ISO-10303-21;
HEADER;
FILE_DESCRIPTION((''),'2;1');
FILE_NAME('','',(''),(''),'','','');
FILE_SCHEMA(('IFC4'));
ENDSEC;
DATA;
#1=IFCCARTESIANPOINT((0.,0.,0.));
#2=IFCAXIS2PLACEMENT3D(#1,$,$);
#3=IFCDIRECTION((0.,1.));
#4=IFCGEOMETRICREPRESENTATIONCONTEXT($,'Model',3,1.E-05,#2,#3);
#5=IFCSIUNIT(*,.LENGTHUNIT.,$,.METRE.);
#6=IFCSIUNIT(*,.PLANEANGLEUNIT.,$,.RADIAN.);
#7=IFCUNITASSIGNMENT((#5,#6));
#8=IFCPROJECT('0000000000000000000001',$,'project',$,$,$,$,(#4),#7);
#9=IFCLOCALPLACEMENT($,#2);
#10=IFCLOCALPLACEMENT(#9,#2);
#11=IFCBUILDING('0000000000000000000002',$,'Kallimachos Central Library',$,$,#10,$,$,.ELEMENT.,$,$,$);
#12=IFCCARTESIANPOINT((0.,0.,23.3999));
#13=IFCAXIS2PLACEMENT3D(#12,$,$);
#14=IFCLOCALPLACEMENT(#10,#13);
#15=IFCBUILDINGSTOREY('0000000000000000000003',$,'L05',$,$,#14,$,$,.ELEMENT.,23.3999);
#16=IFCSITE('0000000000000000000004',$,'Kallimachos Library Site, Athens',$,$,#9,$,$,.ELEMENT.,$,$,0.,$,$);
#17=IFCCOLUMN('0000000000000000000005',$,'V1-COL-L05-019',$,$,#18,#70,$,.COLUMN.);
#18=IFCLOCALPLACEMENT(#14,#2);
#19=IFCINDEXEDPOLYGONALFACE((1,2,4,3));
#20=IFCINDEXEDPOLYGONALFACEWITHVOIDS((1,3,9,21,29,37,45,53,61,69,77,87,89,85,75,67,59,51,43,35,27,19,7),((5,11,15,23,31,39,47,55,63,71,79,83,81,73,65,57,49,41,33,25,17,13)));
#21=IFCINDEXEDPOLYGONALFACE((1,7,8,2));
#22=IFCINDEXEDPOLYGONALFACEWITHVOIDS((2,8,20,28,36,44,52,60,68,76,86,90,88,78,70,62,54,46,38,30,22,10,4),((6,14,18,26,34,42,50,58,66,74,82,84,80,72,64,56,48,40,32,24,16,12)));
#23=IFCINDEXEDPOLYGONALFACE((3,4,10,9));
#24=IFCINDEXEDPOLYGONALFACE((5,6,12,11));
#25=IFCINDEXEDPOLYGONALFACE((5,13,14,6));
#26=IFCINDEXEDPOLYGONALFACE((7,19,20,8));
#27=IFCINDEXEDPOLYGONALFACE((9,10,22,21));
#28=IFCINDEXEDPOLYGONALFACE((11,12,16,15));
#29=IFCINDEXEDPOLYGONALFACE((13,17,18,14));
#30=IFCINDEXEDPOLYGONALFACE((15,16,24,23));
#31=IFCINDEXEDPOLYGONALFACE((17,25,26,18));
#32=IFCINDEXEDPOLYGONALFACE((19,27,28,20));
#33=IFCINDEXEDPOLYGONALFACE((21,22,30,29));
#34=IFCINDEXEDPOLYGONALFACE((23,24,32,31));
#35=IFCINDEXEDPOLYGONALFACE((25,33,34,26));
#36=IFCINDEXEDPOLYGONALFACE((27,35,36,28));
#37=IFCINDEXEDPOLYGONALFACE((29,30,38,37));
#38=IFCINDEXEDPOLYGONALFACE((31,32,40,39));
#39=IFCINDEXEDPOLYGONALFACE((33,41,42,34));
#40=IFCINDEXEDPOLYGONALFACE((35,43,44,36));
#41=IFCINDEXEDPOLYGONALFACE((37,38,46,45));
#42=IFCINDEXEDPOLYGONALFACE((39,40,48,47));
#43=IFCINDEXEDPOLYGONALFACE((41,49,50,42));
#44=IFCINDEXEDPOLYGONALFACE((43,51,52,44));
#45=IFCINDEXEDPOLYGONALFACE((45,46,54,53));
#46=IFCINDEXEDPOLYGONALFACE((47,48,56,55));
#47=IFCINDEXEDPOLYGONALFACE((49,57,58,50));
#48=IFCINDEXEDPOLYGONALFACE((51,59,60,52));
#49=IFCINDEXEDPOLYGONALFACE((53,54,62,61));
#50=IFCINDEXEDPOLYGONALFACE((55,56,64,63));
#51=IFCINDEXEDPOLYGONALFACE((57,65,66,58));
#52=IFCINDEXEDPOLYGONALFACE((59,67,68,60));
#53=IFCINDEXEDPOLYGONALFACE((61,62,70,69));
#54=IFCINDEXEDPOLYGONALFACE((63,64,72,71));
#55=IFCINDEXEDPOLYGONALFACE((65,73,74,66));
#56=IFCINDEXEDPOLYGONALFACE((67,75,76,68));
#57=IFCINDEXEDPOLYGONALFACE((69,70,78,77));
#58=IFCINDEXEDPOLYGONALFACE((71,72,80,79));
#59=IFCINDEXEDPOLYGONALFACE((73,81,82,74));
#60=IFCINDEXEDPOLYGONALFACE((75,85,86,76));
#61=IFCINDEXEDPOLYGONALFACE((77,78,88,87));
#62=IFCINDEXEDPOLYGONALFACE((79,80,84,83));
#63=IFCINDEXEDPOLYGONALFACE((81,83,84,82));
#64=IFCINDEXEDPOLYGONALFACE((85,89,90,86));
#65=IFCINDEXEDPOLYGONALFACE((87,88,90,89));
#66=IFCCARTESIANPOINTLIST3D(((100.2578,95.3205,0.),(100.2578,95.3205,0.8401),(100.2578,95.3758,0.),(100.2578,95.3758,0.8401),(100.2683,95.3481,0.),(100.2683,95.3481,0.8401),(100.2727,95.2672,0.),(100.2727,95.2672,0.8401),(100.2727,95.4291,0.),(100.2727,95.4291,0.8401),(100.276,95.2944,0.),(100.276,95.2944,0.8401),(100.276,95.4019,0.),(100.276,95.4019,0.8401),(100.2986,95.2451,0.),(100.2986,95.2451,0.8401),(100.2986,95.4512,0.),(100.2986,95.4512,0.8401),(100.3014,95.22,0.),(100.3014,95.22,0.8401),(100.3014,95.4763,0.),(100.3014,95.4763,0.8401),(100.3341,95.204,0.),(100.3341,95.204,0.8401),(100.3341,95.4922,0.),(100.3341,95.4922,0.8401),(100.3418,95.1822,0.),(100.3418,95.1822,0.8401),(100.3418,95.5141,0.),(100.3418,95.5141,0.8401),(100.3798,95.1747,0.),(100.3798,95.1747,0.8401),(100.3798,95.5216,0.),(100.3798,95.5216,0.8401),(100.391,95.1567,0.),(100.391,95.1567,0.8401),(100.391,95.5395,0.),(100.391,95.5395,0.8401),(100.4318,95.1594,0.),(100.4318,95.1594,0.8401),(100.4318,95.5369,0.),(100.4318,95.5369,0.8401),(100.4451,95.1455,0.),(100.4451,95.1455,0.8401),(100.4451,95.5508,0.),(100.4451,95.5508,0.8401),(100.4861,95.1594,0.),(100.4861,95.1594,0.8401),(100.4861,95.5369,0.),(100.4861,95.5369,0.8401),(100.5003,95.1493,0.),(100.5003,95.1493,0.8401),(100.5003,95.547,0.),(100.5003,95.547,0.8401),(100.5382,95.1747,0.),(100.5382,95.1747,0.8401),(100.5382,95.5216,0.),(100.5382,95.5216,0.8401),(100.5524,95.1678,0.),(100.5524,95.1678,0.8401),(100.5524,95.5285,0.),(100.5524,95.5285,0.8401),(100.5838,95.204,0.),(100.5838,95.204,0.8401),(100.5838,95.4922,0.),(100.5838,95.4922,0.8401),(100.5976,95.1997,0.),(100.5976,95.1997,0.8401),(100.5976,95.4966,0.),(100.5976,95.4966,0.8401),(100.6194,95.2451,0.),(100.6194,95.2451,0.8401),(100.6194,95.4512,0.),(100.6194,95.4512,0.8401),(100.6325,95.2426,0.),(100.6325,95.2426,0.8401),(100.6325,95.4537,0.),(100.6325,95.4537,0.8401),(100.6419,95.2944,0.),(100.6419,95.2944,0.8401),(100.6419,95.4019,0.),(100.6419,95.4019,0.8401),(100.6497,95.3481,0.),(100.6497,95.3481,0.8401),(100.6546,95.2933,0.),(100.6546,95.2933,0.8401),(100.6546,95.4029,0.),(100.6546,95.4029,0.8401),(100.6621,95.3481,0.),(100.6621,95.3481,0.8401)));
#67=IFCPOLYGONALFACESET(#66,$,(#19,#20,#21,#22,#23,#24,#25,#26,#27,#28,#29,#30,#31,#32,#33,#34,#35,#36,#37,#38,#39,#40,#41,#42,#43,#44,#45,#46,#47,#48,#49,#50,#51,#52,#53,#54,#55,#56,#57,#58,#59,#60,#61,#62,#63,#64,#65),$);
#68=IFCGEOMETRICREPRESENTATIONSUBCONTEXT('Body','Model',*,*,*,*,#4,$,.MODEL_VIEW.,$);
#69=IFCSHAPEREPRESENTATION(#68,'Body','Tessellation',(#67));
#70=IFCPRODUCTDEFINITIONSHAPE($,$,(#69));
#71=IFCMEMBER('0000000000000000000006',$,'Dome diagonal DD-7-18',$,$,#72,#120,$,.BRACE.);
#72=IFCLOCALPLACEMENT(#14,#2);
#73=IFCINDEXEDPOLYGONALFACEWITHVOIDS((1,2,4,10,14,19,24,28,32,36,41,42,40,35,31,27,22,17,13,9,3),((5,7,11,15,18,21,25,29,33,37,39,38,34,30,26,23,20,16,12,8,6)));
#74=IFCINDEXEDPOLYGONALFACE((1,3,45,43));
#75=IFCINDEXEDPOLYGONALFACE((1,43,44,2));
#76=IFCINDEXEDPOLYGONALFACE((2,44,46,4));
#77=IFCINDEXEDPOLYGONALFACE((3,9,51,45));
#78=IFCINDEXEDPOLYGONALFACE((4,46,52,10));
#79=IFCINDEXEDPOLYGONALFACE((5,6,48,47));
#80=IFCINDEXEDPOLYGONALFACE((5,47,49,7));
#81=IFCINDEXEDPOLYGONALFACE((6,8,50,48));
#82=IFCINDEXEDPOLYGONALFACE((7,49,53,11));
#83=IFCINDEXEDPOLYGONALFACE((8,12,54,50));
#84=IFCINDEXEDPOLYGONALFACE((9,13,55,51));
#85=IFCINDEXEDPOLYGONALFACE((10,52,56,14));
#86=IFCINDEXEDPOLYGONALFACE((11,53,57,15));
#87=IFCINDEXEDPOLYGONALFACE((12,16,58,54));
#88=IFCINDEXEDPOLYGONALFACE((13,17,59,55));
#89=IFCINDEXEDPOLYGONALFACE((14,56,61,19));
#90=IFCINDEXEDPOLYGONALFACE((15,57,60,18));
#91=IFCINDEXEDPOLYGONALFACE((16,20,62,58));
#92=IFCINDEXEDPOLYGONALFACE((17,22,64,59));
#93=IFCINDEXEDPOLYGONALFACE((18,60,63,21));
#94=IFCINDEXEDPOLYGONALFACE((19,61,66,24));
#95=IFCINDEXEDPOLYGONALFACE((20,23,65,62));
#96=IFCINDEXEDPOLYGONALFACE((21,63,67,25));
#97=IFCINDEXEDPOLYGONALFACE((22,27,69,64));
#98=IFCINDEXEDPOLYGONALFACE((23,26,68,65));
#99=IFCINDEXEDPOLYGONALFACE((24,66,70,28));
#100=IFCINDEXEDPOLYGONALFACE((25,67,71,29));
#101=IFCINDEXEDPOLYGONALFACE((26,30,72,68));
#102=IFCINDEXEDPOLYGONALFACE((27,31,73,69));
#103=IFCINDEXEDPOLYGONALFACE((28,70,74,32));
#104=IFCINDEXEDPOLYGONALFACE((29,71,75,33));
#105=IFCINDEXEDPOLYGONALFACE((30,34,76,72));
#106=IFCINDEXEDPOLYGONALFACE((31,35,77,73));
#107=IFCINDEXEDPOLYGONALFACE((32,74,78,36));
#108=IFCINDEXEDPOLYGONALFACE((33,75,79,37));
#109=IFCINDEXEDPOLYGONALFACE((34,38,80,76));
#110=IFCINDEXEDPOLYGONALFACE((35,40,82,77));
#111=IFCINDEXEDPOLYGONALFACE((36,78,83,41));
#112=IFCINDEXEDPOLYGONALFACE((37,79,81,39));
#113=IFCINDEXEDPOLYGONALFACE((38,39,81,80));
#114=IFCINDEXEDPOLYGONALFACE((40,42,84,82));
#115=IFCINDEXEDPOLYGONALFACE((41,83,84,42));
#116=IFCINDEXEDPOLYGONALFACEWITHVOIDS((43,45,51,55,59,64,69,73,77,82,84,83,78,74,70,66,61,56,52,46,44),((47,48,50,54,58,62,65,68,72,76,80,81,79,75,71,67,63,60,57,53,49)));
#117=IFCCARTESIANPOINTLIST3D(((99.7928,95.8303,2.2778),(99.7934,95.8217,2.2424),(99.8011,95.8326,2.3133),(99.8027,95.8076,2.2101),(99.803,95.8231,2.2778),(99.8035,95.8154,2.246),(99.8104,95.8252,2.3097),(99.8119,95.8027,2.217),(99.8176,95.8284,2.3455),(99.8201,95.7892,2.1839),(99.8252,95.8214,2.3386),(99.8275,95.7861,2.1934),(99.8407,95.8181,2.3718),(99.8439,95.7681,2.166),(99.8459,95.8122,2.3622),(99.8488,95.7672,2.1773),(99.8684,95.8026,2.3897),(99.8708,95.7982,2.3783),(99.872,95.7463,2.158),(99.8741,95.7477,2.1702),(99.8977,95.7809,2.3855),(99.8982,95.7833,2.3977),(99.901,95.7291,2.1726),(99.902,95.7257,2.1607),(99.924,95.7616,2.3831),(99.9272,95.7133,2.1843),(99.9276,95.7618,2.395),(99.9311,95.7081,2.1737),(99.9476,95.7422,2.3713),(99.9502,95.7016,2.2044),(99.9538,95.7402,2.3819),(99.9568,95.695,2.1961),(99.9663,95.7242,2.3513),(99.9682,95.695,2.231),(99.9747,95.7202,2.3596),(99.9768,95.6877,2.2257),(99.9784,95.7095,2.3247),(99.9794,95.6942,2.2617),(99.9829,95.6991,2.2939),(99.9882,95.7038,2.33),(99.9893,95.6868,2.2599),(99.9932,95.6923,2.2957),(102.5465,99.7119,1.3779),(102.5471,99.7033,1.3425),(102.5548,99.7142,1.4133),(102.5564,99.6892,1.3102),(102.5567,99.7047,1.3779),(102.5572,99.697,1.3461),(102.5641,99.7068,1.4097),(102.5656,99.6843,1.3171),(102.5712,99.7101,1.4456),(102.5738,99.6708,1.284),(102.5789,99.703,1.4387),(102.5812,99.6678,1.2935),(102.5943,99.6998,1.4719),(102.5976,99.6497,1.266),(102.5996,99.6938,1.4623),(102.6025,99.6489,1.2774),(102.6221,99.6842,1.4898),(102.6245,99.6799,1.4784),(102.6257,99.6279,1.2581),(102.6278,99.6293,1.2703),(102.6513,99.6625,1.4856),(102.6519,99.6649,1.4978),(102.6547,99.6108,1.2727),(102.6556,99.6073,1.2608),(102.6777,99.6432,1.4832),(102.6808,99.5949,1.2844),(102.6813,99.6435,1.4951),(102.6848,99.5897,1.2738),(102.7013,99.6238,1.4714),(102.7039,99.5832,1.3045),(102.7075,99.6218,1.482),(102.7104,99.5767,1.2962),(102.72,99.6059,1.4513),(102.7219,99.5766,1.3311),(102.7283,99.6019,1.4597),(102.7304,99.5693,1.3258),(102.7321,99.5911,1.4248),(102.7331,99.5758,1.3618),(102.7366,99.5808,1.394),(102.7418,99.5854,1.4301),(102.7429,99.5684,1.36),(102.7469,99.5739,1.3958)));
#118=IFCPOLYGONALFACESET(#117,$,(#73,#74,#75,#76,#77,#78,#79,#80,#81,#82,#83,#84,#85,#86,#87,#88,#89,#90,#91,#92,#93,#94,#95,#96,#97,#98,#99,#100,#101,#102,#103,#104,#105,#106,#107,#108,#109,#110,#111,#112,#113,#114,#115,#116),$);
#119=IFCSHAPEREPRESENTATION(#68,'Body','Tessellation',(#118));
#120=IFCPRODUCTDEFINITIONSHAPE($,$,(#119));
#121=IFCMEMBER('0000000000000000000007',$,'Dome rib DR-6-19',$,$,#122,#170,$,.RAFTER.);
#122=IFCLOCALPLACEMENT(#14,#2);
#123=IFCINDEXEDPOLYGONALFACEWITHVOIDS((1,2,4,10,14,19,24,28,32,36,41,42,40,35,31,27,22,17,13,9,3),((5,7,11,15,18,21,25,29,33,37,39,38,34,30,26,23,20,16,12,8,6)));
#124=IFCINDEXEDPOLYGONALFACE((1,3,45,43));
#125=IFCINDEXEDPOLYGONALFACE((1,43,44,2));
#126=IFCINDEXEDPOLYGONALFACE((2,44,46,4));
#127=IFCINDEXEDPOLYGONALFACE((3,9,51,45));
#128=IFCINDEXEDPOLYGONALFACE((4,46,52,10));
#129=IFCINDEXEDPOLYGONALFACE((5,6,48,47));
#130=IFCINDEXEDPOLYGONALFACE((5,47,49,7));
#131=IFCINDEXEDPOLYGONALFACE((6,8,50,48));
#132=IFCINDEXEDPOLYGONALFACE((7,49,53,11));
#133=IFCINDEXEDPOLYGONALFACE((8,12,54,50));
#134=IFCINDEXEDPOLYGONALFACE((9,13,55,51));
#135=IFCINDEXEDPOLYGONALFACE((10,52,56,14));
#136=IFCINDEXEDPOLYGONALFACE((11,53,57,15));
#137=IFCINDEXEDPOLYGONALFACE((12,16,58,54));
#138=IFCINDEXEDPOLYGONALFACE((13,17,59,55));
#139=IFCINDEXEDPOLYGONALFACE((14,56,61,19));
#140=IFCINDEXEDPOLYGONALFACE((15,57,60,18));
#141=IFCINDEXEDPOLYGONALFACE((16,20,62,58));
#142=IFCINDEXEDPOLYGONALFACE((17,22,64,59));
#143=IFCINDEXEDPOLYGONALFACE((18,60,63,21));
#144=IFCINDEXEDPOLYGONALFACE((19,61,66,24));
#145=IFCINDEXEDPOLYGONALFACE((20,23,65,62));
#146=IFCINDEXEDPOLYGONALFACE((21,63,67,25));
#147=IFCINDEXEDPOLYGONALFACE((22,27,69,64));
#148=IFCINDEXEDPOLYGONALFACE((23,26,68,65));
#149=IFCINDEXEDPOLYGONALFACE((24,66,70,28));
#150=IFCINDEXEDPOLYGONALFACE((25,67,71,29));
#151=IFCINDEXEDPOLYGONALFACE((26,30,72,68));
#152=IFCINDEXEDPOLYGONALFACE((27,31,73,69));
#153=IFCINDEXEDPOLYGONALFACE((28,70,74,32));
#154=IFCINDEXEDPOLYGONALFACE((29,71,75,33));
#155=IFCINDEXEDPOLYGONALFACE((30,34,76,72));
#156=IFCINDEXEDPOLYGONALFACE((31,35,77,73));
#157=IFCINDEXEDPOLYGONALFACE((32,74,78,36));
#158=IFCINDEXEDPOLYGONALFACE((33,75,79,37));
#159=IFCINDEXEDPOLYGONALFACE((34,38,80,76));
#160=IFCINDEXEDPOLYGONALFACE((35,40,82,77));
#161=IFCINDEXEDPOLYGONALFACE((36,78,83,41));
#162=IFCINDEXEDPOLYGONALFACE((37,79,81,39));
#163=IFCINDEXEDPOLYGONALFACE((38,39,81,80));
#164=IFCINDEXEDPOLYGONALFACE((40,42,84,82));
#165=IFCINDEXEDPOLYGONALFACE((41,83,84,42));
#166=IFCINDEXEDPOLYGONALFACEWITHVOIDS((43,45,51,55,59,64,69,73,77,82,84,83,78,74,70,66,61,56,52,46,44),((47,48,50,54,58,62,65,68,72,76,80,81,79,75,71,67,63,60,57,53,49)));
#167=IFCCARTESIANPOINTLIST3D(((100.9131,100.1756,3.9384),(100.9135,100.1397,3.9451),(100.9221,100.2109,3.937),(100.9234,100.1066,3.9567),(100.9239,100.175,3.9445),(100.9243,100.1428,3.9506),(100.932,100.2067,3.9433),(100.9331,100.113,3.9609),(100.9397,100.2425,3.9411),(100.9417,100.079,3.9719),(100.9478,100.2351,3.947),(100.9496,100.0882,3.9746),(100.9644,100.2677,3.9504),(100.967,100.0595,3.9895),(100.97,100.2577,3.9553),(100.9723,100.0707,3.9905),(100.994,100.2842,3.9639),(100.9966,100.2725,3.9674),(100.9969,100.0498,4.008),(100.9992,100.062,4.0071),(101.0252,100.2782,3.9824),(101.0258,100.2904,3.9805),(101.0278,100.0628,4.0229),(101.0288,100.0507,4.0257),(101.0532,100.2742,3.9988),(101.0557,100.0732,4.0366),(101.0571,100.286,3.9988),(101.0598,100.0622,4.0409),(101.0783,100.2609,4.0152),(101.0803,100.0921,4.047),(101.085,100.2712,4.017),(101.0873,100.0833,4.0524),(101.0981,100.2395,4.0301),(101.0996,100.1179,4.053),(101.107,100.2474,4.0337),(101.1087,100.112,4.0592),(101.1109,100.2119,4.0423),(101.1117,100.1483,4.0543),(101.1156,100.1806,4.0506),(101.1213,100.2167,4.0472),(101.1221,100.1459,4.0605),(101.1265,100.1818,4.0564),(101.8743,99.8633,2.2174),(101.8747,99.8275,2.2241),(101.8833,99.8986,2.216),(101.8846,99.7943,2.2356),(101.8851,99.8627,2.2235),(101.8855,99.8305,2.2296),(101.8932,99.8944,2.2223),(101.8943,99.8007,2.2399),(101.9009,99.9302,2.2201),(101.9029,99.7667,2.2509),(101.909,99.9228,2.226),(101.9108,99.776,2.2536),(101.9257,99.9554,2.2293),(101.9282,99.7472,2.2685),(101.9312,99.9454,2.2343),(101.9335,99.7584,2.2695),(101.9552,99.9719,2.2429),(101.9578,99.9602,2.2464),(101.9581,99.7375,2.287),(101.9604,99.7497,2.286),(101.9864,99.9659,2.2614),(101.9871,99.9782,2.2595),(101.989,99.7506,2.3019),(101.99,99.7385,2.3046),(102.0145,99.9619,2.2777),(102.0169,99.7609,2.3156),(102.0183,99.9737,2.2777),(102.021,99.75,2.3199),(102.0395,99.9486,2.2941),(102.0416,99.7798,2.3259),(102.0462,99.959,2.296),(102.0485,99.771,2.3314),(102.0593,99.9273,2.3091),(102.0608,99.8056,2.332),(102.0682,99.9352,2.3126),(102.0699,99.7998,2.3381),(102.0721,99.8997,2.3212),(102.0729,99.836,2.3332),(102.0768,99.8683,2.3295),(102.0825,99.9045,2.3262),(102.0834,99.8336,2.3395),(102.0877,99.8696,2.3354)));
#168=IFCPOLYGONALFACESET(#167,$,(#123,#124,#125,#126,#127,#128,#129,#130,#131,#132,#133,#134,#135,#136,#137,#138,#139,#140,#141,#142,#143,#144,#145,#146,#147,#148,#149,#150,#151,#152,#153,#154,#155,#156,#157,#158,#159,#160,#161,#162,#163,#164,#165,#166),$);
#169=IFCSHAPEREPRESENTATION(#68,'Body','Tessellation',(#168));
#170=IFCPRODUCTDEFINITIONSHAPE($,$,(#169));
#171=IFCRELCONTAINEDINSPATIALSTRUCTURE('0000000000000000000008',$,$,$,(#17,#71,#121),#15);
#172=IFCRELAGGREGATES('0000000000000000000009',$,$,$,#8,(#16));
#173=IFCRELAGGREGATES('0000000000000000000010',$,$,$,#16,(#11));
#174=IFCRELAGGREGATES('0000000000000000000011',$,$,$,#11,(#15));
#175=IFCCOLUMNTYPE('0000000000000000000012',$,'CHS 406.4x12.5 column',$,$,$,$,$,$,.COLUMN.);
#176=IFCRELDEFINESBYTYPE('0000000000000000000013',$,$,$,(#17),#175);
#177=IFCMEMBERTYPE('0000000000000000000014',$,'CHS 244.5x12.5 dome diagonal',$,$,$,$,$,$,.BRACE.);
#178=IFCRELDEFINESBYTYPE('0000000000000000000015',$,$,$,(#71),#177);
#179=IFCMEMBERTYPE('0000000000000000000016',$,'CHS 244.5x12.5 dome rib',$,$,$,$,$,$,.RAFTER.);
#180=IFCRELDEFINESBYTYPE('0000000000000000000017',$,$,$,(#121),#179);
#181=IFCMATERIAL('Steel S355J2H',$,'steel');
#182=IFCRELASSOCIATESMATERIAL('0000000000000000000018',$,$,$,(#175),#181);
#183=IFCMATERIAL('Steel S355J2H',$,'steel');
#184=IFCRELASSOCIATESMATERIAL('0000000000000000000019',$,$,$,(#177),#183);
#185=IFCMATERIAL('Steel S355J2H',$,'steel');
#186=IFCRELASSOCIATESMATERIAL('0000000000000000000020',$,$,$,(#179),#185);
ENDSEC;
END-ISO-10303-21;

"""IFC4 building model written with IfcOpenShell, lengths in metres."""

from ifc_helpers import new_model, si_unit, direction, frame, origin, origin_2d, place, context, subcontext, project, spatial, hollow_circle, extrude, material, material_profile, profile_set, type_object, element, save


model = new_model("IFC4")

# Units and contexts
model_context = context("Model", 3, precision=1e-05, world=origin(), true_north=direction((0.0, 1.0)))
body_context = subcontext(model_context, "Body", "Model", "MODEL_VIEW")
ifc_project = project(units=[si_unit("LENGTHUNIT", "METRE"), si_unit("PLANEANGLEUNIT", "RADIAN")], contexts=[model_context])

# Site, building, storey
site_placement = place(None, origin())
site = spatial("IfcSite", under=ifc_project, at=site_placement, Name="Kallimachos Library Site, Athens", CompositionType="ELEMENT", RefElevation=0.0)
building_placement = place(site_placement, origin())
building = spatial("IfcBuilding", under=site, at=building_placement, Name="Kallimachos Central Library", CompositionType="ELEMENT")
storey_placement = place(building_placement, frame((0.0, 0.0, 23.3999)))
storey = spatial("IfcBuildingStorey", under=building, at=storey_placement, Name="L05", CompositionType="ELEMENT", Elevation=23.3999)

# Column
ifc_material_1 = material(Name="Steel S355J2H", Category="steel")
ifc_material_profile_1 = material_profile(ifc_material_1, hollow_circle(Radius=0.2031, WallThickness=0.0125, at=origin_2d()), Name="CHS 406.4x12.5")
ifc_profile_set_1 = profile_set([ifc_material_profile_1], Name="Steel S355J2H")
column_type = type_object("IfcColumnType", Name="CHS 406.4x12.5 column", PredefinedType="COLUMN", material=ifc_profile_set_1)
column_placement = place(storey_placement, frame((100.459, 95.3481, 0.0), z_axis=(0.0, 0.0, 1.0), x_axis=(1.0, 0.0, 0.0)))
element("IfcColumn", 1, at=column_placement, inside=storey, type_object=column_type, Name="V1-COL-L05-019", PredefinedType="COLUMN", context=body_context, shape_type="SweptSolid", body=[
    extrude(hollow_circle(Radius=0.2031, WallThickness=0.0125, at=origin_2d()), origin(), (0.0, 0.0, 1.0), 0.8401),
])

# Members
ifc_material_2 = material(Name="Steel S355J2H", Category="steel")
ifc_material_profile_2 = material_profile(ifc_material_2, hollow_circle(Radius=0.1223, WallThickness=0.0125, at=origin_2d()), Name="CHS 244.5x12.5")
ifc_profile_set_2 = profile_set([ifc_material_profile_2], Name="Steel S355J2H")
member_type_1 = type_object("IfcMemberType", Name="CHS 244.5x12.5 dome diagonal", PredefinedType="BRACE", material=ifc_profile_set_2)
member_1_placement = place(storey_placement, frame((99.8926, 95.7595, 2.2778), z_axis=(0.56853, 0.801407, -0.185797), x_axis=(-0.815608, 0.578605, 0.0)))
element("IfcMember", 2, at=member_1_placement, inside=storey, type_object=member_type_1, Name="Dome diagonal DD-7-18", PredefinedType="BRACE", context=body_context, shape_type="SweptSolid", body=[
    extrude(hollow_circle(Radius=0.1223, WallThickness=0.0125, at=origin_2d()), origin(), (0.0, 0.0, 1.0), 4.8435),
])
ifc_material_3 = material(Name="Steel S355J2H", Category="steel")
ifc_material_profile_3 = material_profile(ifc_material_3, hollow_circle(Radius=0.1223, WallThickness=0.0125, at=origin_2d()), Name="CHS 244.5x12.5")
ifc_profile_set_3 = profile_set([ifc_material_profile_3], Name="Steel S355J2H")
member_type_2 = type_object("IfcMemberType", Name="CHS 244.5x12.5 dome rib", PredefinedType="RAFTER", material=ifc_profile_set_3)
member_2_placement = place(storey_placement, frame((101.0193, 100.1697, 3.9988), z_axis=(0.481613, -0.15646, -0.862304), x_axis=(0.308971, 0.951071, 0.0)))
element("IfcMember", 3, at=member_2_placement, inside=storey, type_object=member_type_2, Name="Dome rib DR-6-19", PredefinedType="RAFTER", context=body_context, shape_type="SweptSolid", body=[
    extrude(hollow_circle(Radius=0.1223, WallThickness=0.0125, at=origin_2d()), origin(), (0.0, 0.0, 1.0), 1.9958),
])

save(model, "model.ifc")
